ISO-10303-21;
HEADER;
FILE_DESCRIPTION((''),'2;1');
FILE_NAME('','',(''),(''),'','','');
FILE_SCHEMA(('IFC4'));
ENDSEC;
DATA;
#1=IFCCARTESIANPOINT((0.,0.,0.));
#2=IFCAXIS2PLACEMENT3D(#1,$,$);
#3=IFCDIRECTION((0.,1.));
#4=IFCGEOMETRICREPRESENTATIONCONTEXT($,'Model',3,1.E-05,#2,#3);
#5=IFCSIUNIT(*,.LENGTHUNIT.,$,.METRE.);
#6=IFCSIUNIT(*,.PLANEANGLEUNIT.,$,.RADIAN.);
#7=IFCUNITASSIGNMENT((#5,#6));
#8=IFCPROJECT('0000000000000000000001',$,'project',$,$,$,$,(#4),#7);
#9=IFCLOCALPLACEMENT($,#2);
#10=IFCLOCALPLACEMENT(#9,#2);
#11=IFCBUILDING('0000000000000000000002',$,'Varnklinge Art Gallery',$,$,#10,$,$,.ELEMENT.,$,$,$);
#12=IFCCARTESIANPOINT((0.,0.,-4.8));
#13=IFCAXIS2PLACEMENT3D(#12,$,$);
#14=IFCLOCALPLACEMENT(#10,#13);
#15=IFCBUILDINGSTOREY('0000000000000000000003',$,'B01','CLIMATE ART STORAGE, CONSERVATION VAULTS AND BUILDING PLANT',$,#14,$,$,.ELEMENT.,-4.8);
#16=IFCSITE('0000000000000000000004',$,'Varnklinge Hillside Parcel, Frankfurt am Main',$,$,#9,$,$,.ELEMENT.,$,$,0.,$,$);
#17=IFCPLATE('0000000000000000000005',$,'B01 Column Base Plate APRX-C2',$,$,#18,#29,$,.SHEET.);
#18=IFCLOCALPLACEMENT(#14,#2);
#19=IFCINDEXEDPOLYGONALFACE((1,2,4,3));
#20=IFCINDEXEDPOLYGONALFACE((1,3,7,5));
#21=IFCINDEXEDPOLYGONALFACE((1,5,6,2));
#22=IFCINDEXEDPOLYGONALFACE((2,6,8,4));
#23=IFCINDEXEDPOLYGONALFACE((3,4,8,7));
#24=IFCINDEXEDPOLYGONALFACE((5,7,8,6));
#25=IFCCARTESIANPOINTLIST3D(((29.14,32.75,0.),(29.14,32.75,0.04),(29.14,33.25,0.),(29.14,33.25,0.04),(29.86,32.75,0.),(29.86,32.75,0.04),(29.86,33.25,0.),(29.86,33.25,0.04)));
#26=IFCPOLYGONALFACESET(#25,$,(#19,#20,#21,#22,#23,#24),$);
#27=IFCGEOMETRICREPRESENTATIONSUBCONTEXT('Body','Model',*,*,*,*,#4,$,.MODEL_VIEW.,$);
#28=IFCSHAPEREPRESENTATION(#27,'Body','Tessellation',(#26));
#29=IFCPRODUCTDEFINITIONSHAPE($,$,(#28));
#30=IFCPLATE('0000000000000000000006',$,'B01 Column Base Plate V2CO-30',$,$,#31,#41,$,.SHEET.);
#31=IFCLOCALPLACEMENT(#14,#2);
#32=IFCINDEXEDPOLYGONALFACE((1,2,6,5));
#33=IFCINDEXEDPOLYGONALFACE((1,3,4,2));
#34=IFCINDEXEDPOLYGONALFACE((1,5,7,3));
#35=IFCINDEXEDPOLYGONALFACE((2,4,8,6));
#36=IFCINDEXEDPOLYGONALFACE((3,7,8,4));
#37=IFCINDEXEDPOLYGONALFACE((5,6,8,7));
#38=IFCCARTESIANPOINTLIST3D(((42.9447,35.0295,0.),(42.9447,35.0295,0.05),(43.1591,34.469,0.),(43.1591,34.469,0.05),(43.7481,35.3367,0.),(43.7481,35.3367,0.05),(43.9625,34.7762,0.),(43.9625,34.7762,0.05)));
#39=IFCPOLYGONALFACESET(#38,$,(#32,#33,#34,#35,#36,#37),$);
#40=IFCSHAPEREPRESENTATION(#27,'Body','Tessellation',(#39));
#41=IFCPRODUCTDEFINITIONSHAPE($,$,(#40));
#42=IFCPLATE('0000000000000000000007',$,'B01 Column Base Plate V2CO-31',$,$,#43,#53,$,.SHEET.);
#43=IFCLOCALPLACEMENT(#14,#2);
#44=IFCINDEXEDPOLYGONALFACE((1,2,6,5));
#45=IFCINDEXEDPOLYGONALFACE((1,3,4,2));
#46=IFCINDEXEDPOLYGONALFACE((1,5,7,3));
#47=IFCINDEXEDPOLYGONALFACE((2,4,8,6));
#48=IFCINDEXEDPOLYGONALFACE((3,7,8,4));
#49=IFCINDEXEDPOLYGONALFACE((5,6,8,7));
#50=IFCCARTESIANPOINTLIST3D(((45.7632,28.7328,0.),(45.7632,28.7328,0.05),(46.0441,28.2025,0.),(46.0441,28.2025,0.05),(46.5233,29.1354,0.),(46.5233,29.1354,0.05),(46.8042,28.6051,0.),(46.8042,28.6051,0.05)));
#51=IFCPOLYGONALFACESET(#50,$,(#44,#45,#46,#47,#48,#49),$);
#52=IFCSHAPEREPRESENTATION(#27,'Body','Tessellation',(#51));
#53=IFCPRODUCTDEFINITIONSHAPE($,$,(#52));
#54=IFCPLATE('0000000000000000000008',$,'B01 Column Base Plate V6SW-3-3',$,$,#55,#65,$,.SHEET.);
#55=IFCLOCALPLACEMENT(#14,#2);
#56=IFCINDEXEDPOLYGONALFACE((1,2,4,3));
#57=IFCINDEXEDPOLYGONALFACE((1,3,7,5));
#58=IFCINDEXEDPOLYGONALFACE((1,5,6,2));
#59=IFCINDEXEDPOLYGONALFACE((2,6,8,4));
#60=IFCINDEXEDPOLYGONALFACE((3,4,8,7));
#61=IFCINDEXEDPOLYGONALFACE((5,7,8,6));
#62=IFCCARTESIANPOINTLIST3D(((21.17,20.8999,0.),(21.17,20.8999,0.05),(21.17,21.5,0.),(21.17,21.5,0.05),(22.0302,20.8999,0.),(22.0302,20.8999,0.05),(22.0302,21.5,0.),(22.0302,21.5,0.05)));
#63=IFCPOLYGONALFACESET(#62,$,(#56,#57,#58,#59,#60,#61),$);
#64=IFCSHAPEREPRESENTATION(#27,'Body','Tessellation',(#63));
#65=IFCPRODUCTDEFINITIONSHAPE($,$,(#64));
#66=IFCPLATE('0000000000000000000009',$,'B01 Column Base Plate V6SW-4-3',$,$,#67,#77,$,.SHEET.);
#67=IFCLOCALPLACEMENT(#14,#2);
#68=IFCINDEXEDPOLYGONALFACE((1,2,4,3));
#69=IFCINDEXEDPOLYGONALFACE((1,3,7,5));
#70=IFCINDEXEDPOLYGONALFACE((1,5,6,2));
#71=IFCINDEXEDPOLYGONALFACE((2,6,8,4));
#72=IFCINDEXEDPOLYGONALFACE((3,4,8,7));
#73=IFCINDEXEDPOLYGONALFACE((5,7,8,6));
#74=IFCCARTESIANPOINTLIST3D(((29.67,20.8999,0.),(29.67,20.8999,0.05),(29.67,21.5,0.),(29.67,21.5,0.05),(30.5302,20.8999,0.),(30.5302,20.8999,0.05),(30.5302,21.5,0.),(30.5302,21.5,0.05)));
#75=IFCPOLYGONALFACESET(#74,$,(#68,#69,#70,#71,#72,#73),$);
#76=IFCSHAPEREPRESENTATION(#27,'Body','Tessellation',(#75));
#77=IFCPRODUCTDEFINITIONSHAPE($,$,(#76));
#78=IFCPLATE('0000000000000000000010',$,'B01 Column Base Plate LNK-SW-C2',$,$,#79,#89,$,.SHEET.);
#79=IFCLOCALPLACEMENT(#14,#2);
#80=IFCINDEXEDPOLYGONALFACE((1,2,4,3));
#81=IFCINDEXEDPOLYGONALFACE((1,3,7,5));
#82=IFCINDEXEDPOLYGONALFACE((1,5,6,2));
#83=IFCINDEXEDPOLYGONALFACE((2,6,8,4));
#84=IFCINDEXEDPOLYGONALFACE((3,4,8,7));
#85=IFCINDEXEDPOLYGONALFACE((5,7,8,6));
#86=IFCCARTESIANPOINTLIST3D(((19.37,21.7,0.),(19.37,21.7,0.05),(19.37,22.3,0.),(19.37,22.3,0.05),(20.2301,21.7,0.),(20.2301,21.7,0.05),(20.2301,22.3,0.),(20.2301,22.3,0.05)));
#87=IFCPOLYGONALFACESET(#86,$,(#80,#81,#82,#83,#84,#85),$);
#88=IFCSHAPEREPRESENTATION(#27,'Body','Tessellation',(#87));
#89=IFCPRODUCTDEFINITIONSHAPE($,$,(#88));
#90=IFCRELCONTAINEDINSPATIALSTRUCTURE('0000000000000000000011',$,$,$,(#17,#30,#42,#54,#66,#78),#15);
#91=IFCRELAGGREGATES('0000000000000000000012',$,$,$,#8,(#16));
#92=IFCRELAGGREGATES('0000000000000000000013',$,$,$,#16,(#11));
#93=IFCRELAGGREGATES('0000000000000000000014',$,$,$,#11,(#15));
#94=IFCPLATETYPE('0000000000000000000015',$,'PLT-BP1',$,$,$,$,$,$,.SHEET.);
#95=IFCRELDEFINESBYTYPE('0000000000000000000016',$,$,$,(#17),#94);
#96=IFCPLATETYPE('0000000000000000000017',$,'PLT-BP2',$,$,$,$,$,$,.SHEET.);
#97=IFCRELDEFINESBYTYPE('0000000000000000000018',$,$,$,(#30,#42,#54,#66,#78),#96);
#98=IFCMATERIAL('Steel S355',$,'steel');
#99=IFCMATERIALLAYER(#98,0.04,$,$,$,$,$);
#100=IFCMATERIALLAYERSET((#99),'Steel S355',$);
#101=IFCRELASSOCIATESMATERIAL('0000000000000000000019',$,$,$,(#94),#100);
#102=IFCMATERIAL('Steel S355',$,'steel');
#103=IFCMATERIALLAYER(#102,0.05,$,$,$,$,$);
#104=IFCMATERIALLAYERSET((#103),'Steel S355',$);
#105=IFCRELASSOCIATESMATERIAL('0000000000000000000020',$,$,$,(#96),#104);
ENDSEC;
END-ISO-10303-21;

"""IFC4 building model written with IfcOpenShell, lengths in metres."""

from ifc_helpers import new_model, si_unit, direction, frame, origin, origin_2d, place, context, subcontext, project, spatial, rectangle, extrude, material, layer, layer_set, type_object, element, save


model = new_model("IFC4")

# Units and contexts
model_context = context("Model", 3, precision=1e-05, world=origin(), true_north=direction((0.0, 1.0)))
body_context = subcontext(model_context, "Body", "Model", "MODEL_VIEW")
ifc_project = project(units=[si_unit("LENGTHUNIT", "METRE"), si_unit("PLANEANGLEUNIT", "RADIAN")], contexts=[model_context])

# Site, building, storey
site_placement = place(None, origin())
site = spatial("IfcSite", under=ifc_project, at=site_placement, Name="Varnklinge Hillside Parcel, Frankfurt am Main", CompositionType="ELEMENT", RefElevation=0.0)
building_placement = place(site_placement, origin())
building = spatial("IfcBuilding", under=site, at=building_placement, Name="Varnklinge Art Gallery", CompositionType="ELEMENT")
storey_placement = place(building_placement, frame((0.0, 0.0, -4.8)))
storey = spatial("IfcBuildingStorey", under=building, at=storey_placement, Name="B01", Description="CLIMATE ART STORAGE, CONSERVATION VAULTS AND BUILDING PLANT", CompositionType="ELEMENT", Elevation=-4.8)

# Plates
ifc_material_1 = material(Name="Steel S355", Category="steel")
ifc_layer_1 = layer(ifc_material_1, 0.04)
ifc_layer_set_1 = layer_set([ifc_layer_1], Name="Steel S355")
plate_type_1 = type_object("IfcPlateType", Name="PLT-BP1", PredefinedType="SHEET", material=ifc_layer_set_1)
plate_placement = place(storey_placement, frame((29.5, 33.0, 0.0), z_axis=(0.0, 0.0, 1.0), x_axis=(1.0, 0.0, 0.0)))
element("IfcPlate", 1, at=plate_placement, inside=storey, type_object=plate_type_1, Name="B01 Column Base Plate APRX-C2", PredefinedType="SHEET", context=body_context, shape_type="SweptSolid", body=[
    extrude(rectangle(XDim=0.72, YDim=0.5, at=origin_2d()), origin(), (0.0, 0.0, 1.0), 0.04),
])
ifc_material_2 = material(Name="Steel S355", Category="steel")
ifc_layer_2 = layer(ifc_material_2, 0.05)
ifc_layer_set_2 = layer_set([ifc_layer_2], Name="Steel S355")
plate_type_2 = type_object("IfcPlateType", Name="PLT-BP2", PredefinedType="SHEET", material=ifc_layer_set_2)
for number, where, z_axis, x_axis, name in (
    (2, (43.4536, 34.9028, 0.0), (0.0, 0.0, 1.0), (0.934018, 0.357227, 0.0), "B01 Column Base Plate V2CO-30"),
    (3, (46.2837, 28.6689, 0.0), (0.0, 0.0, 1.0), (0.883684, 0.468084, 0.0), "B01 Column Base Plate V2CO-31"),
    (4, (21.6001, 21.2, 0.0), (0.0, 0.0, 1.0), (1.0, 0.0, 0.0), "B01 Column Base Plate V6SW-3-3"),
    (5, (30.1001, 21.2, 0.0), (0.0, 0.0, 1.0), (1.0, 0.0, 0.0), "B01 Column Base Plate V6SW-4-3"),
    (6, (19.8, 22.0, 0.0), (0.0, 0.0, 1.0), (1.0, 0.0, 0.0), "B01 Column Base Plate LNK-SW-C2"),
):
    element("IfcPlate", number, at=place(storey_placement, frame(where, z_axis=z_axis, x_axis=x_axis)), inside=storey, type_object=plate_type_2, Name=name, PredefinedType="SHEET", context=body_context, shape_type="SweptSolid", body=[
        extrude(rectangle(XDim=0.8601, YDim=0.6001, at=origin_2d()), origin(), (0.0, 0.0, 1.0), 0.05),
    ])

save(model, "model.ifc")
